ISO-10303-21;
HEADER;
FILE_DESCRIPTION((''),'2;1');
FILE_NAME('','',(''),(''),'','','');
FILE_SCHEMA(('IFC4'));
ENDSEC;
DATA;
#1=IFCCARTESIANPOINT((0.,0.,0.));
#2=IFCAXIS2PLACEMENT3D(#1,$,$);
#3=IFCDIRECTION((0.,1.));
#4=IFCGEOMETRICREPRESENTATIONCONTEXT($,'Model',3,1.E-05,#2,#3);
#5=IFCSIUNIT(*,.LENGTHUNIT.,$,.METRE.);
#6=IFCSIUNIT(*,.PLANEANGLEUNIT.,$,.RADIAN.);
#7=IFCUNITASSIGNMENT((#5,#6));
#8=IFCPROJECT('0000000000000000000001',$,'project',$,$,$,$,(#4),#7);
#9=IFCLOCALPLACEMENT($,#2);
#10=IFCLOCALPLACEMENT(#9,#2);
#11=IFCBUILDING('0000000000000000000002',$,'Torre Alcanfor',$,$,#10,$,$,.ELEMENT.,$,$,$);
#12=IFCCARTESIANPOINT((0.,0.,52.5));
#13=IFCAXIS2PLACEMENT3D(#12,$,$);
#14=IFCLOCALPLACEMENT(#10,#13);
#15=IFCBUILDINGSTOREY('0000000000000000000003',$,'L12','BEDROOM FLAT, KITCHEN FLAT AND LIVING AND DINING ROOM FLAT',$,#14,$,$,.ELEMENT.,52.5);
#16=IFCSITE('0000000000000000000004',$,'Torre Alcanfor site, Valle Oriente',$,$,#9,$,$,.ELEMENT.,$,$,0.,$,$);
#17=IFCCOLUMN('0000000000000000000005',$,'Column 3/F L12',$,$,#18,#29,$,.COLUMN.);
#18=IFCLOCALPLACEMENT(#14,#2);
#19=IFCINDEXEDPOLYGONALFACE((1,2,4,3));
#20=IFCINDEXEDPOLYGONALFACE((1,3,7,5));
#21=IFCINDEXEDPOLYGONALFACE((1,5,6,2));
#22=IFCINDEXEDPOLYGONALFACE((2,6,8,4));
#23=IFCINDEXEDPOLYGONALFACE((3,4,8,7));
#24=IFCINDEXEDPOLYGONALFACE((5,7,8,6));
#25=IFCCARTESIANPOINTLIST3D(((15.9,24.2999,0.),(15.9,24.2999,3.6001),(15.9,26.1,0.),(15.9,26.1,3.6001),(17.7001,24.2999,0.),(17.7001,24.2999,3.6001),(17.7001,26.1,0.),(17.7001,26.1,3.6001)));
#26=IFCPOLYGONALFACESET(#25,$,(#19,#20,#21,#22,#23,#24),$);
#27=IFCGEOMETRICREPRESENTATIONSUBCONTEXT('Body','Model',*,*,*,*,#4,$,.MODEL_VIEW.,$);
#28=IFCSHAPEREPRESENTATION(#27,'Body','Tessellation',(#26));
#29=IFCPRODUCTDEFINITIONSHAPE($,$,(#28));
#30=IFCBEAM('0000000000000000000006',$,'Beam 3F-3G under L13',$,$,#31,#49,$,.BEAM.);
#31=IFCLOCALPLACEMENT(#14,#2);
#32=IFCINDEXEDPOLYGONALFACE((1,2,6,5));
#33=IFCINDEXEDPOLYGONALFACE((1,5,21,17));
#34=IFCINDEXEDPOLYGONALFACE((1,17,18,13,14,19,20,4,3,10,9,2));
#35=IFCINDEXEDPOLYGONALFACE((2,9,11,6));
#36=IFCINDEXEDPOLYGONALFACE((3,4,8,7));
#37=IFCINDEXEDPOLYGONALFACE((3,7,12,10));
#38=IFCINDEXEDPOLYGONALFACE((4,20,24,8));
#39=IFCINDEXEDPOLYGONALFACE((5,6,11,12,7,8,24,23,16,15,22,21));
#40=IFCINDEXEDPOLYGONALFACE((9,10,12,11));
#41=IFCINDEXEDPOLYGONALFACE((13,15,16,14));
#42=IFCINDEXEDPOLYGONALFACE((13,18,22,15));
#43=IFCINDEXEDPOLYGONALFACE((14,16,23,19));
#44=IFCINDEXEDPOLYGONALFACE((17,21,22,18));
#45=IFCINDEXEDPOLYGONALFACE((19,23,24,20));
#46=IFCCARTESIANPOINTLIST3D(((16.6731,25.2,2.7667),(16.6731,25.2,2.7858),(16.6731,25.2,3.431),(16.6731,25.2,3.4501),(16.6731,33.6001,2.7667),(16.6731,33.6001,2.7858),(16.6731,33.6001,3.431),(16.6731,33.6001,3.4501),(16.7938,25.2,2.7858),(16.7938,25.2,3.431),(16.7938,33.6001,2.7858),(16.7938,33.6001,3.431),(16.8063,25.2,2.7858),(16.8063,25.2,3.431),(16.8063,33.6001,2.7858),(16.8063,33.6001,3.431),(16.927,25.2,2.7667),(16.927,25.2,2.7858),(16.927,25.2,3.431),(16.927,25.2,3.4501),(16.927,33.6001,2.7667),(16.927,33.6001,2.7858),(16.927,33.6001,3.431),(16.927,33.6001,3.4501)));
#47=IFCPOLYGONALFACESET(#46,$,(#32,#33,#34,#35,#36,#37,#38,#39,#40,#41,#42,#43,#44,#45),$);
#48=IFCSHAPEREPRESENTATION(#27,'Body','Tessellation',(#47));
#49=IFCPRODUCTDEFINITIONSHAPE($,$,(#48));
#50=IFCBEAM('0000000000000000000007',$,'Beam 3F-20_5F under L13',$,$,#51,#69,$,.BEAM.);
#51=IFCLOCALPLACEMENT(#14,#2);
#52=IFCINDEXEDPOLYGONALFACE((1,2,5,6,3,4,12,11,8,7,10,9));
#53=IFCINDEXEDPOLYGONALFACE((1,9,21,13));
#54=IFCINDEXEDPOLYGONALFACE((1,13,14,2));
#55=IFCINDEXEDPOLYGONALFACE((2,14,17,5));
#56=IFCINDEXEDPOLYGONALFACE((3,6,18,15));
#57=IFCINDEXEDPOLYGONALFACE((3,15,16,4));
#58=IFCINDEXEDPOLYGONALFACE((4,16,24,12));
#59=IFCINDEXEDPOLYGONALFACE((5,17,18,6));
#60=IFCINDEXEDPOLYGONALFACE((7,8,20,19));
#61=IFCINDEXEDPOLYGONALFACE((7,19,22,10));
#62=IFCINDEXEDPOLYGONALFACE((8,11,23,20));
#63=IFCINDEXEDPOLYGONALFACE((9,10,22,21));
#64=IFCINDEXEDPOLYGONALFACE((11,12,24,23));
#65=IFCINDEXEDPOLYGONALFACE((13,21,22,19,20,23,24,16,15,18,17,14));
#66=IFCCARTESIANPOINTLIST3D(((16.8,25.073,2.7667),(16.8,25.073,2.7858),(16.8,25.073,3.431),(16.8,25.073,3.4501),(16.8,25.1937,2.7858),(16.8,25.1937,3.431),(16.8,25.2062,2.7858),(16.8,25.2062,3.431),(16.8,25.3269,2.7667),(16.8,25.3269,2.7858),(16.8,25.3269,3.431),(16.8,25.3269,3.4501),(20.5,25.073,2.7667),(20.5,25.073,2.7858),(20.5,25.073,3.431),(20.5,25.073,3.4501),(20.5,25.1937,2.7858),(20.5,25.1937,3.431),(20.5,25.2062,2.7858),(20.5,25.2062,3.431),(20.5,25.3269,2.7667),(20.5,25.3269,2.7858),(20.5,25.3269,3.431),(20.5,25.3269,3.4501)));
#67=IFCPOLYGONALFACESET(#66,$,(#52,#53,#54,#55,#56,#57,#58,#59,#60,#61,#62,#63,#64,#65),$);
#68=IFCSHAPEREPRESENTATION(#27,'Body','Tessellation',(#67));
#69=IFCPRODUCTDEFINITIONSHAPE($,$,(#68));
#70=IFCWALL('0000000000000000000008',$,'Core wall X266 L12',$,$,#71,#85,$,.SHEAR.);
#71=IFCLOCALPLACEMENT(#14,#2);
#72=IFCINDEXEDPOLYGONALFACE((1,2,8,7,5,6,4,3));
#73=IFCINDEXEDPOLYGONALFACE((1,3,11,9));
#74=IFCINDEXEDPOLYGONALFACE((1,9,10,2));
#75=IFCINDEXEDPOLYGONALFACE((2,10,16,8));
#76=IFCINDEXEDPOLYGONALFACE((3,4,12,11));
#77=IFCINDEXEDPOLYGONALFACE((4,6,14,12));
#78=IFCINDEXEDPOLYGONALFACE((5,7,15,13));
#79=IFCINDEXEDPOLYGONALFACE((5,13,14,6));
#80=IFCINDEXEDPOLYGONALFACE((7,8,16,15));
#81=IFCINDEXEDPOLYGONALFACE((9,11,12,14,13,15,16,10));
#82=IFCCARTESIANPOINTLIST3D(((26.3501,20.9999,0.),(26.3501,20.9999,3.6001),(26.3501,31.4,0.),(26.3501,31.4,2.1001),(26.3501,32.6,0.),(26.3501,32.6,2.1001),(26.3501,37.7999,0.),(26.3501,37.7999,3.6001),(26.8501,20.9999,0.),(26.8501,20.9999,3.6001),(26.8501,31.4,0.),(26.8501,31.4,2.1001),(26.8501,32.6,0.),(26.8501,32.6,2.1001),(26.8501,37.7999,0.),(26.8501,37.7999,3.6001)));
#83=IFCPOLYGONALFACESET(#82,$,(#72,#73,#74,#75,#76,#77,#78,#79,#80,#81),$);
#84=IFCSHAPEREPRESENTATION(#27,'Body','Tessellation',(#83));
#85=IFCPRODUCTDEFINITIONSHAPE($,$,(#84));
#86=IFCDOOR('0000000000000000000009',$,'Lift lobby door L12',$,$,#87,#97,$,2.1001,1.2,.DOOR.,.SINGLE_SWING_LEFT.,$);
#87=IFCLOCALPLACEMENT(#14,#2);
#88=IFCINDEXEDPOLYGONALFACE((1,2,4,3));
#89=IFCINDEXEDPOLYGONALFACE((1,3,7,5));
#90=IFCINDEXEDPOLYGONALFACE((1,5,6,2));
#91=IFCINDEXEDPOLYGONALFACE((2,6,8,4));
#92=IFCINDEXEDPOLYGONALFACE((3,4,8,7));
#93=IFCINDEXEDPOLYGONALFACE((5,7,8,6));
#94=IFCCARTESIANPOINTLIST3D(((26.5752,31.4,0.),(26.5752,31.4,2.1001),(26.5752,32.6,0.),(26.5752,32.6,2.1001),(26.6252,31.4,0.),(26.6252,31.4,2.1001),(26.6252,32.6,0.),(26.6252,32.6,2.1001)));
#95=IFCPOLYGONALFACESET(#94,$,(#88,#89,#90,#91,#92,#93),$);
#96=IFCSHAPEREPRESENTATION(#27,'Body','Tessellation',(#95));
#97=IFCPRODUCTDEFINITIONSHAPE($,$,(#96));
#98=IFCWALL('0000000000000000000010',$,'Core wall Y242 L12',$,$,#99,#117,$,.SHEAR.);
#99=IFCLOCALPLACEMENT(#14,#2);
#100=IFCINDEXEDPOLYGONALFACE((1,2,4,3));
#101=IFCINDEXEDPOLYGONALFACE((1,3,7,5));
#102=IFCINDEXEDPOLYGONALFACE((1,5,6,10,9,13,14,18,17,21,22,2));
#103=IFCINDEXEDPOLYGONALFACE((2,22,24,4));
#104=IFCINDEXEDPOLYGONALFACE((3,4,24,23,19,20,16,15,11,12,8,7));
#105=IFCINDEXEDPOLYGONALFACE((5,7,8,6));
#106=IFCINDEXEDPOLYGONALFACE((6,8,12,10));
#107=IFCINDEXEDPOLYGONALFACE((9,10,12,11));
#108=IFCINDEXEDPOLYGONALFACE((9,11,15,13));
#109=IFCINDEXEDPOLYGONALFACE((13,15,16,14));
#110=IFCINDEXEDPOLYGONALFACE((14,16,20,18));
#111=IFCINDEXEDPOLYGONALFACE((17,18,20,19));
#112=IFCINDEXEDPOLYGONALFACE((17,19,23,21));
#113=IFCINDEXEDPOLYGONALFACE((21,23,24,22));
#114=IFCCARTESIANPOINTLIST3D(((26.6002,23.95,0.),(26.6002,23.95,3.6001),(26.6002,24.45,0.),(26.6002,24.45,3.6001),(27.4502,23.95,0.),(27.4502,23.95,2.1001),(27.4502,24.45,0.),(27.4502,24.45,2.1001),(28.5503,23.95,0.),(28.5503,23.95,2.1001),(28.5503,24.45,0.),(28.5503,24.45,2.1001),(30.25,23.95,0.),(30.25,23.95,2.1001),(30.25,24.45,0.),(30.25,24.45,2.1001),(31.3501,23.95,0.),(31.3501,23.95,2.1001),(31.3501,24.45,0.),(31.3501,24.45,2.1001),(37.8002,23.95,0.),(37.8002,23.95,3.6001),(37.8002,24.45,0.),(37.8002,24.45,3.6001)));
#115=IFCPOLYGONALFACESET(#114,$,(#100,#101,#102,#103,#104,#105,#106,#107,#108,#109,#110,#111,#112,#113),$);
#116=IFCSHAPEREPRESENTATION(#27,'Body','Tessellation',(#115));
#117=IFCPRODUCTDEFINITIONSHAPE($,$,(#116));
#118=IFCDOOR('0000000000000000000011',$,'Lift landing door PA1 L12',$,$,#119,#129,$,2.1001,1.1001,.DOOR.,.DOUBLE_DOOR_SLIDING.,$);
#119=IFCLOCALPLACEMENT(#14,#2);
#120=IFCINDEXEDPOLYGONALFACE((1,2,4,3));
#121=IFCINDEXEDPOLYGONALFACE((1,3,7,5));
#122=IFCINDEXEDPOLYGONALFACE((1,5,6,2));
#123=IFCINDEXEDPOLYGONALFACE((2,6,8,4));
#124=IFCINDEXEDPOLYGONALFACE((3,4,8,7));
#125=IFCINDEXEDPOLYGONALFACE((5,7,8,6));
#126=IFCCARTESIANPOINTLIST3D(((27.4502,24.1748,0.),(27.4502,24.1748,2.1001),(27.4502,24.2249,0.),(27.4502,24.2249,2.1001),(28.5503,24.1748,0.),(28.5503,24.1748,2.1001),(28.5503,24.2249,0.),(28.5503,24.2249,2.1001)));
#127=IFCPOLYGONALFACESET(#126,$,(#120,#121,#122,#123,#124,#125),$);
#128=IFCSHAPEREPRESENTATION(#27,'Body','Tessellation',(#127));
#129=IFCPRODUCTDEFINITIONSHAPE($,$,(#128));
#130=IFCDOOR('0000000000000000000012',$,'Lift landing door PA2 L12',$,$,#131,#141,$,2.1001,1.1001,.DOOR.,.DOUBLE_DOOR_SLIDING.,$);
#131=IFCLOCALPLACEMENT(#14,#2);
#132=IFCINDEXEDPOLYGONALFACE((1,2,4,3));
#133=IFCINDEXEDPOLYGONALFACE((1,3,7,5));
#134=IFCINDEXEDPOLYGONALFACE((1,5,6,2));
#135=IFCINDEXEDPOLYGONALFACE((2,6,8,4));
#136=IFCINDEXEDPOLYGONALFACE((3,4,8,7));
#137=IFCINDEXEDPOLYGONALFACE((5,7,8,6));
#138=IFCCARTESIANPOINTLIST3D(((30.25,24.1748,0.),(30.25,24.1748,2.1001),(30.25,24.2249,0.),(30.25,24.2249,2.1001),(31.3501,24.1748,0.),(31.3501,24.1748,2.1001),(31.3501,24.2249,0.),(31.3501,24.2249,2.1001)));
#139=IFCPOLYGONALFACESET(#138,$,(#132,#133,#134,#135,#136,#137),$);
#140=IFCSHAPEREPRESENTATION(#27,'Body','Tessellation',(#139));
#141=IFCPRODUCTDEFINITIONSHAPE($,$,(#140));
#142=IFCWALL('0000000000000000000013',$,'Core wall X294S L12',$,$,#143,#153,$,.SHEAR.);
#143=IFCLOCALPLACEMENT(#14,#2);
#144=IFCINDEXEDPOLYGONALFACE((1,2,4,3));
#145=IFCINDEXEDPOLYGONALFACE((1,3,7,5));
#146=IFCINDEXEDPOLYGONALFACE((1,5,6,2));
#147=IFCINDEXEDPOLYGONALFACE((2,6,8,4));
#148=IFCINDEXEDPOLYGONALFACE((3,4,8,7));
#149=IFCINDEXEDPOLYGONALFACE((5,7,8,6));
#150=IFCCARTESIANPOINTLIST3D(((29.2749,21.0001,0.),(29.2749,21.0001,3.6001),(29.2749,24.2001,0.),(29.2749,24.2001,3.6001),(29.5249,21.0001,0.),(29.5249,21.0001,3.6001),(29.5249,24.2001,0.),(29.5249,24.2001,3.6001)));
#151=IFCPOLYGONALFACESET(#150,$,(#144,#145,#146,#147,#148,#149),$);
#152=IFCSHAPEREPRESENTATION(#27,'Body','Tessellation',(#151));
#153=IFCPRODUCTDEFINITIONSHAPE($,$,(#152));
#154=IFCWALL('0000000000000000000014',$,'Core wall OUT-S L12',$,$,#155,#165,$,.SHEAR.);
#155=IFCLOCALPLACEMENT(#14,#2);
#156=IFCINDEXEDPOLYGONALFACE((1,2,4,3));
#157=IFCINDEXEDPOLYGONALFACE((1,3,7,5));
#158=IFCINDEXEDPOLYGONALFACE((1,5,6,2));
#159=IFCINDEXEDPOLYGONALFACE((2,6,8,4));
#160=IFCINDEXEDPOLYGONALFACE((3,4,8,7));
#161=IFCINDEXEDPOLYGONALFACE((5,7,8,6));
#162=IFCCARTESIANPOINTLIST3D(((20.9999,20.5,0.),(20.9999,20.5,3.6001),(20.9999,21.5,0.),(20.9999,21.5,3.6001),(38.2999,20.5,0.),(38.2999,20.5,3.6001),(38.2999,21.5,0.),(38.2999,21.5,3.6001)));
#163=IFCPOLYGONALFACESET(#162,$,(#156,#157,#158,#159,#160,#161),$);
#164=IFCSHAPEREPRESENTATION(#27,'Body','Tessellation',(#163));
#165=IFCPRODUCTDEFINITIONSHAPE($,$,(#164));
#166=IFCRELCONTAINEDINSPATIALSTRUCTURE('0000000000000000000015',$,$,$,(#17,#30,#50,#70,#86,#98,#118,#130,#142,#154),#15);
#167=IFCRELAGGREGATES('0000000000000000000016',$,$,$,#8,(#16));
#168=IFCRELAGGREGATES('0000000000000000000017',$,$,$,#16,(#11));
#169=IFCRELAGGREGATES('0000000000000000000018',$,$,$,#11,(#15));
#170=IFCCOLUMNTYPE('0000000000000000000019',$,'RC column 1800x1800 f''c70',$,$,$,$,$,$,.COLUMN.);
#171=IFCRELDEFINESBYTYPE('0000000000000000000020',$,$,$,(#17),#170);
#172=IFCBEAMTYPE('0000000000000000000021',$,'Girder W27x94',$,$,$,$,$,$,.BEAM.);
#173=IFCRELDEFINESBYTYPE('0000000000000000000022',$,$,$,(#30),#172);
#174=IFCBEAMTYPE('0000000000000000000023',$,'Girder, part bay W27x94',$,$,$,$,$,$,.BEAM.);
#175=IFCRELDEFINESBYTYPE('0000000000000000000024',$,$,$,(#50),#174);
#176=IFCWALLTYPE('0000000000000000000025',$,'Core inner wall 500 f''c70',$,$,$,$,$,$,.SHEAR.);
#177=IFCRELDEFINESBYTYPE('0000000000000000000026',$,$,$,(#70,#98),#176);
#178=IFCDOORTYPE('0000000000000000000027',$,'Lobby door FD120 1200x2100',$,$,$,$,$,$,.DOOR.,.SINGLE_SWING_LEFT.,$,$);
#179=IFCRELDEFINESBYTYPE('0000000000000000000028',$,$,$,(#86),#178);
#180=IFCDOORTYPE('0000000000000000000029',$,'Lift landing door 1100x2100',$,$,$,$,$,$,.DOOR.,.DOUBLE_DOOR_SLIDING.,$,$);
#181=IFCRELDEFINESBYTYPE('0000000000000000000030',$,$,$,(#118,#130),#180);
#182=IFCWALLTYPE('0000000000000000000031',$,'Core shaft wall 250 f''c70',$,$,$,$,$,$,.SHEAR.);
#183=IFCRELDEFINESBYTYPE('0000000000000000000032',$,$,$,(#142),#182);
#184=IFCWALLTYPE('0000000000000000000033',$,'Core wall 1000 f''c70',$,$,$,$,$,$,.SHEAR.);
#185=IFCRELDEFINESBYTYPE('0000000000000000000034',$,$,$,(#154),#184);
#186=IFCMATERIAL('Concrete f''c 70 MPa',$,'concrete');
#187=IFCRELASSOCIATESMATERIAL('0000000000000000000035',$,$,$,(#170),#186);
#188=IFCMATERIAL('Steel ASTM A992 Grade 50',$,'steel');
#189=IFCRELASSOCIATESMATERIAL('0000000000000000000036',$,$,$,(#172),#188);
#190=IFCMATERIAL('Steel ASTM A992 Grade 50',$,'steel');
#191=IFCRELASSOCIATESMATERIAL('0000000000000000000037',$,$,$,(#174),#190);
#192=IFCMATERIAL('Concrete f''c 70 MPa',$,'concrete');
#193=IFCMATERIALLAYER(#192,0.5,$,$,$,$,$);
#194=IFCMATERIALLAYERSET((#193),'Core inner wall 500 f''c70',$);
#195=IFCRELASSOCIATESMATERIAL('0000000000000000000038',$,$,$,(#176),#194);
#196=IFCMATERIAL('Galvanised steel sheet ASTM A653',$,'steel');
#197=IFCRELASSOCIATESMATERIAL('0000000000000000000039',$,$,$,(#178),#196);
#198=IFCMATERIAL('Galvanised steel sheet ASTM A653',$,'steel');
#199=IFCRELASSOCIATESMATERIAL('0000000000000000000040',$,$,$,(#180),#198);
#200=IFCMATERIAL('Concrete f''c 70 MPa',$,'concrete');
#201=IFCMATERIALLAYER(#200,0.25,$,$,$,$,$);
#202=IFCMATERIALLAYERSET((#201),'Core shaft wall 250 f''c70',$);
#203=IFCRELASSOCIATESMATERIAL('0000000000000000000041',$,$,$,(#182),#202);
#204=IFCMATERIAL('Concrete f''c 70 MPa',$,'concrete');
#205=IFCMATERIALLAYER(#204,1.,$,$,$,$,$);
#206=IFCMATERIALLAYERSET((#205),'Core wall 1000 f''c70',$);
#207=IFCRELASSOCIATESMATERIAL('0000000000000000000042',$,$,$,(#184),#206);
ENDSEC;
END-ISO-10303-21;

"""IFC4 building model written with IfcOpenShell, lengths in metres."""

from ifc_helpers import new_model, si_unit, direction, frame, frame_2d, origin, origin_2d, place, context, subcontext, project, spatial, rectangle, i_section, extrude, material, layer, layer_set, material_profile, profile_set, type_object, element, fill, save


model = new_model("IFC4")

# Units and contexts
model_context = context("Model", 3, precision=1e-05, world=origin(), true_north=direction((0.0, 1.0)))
body_context = subcontext(model_context, "Body", "Model", "MODEL_VIEW")
ifc_project = project(units=[si_unit("LENGTHUNIT", "METRE"), si_unit("PLANEANGLEUNIT", "RADIAN")], contexts=[model_context])

# Site, building, storey
site_placement = place(None, origin())
site = spatial("IfcSite", under=ifc_project, at=site_placement, Name="Torre Alcanfor site, Valle Oriente", CompositionType="ELEMENT", RefElevation=0.0)
building_placement = place(site_placement, origin())
building = spatial("IfcBuilding", under=site, at=building_placement, Name="Torre Alcanfor", CompositionType="ELEMENT")
storey_placement = place(building_placement, frame((0.0, 0.0, 52.5)))
storey = spatial("IfcBuildingStorey", under=building, at=storey_placement, Name="L12", Description="BEDROOM FLAT, KITCHEN FLAT AND LIVING AND DINING ROOM FLAT", CompositionType="ELEMENT", Elevation=52.5)

# Column
ifc_material_1 = material(Name="Concrete f'c 70 MPa", Category="concrete")
ifc_material_profile_1 = material_profile(ifc_material_1, rectangle(XDim=1.8, YDim=1.8, at=origin_2d()), Name="1800x1800")
ifc_profile_set_1 = profile_set([ifc_material_profile_1], Name="Concrete f'c 70 MPa")
column_type = type_object("IfcColumnType", Name="RC column 1800x1800 f'c70", PredefinedType="COLUMN", material=ifc_profile_set_1)
column_placement = place(storey_placement, frame((16.8, 25.2, 0.0), z_axis=(0.0, 0.0, 1.0), x_axis=(1.0, 0.0, 0.0)))
element("IfcColumn", 1, at=column_placement, inside=storey, type_object=column_type, Name="Column 3/F L12", PredefinedType="COLUMN", context=body_context, shape_type="SweptSolid", body=[
    extrude(rectangle(XDim=1.8, YDim=1.8, at=origin_2d()), origin(), (0.0, 0.0, 1.0), 3.6001),
])

# Beams
ifc_material_2 = material(Name="Steel ASTM A992 Grade 50", Category="steel")
ifc_material_profile_2 = material_profile(ifc_material_2, i_section(OverallWidth=0.2539, OverallDepth=0.6833, WebThickness=0.0125, FlangeThickness=0.019, at=origin_2d()), Name="W27x94")
ifc_profile_set_2 = profile_set([ifc_material_profile_2], Name="Steel ASTM A992 Grade 50")
beam_type_1 = type_object("IfcBeamType", Name="Girder W27x94", PredefinedType="BEAM", material=ifc_profile_set_2)
beam_1_placement = place(storey_placement, frame((16.8, 25.2, 3.1084), z_axis=(0.0, 1.0, 0.0), x_axis=(-1.0, 0.0, 0.0)))
element("IfcBeam", 2, at=beam_1_placement, inside=storey, type_object=beam_type_1, Name="Beam 3F-3G under L13", PredefinedType="BEAM", context=body_context, shape_type="SweptSolid", body=[
    extrude(i_section(OverallWidth=0.2539, OverallDepth=0.6833, WebThickness=0.0125, FlangeThickness=0.019, at=origin_2d()), origin(), (0.0, 0.0, 1.0), 8.4001),
])
ifc_material_3 = material(Name="Steel ASTM A992 Grade 50", Category="steel")
ifc_material_profile_3 = material_profile(ifc_material_3, i_section(OverallWidth=0.2539, OverallDepth=0.6833, WebThickness=0.0125, FlangeThickness=0.019, at=origin_2d()), Name="W27x94")
ifc_profile_set_3 = profile_set([ifc_material_profile_3], Name="Steel ASTM A992 Grade 50")
beam_type_2 = type_object("IfcBeamType", Name="Girder, part bay W27x94", PredefinedType="BEAM", material=ifc_profile_set_3)
beam_2_placement = place(storey_placement, frame((16.8, 25.2, 3.1084), z_axis=(1.0, 0.0, 0.0), x_axis=(0.0, 1.0, 0.0)))
element("IfcBeam", 3, at=beam_2_placement, inside=storey, type_object=beam_type_2, Name="Beam 3F-20_5F under L13", PredefinedType="BEAM", context=body_context, shape_type="SweptSolid", body=[
    extrude(i_section(OverallWidth=0.2539, OverallDepth=0.6833, WebThickness=0.0125, FlangeThickness=0.019, at=origin_2d()), origin(), (0.0, 0.0, 1.0), 3.7),
])

# Wall, opening, door
ifc_material_4 = material(Name="Concrete f'c 70 MPa", Category="concrete")
ifc_layer_1 = layer(ifc_material_4, 0.5)
ifc_layer_set_1 = layer_set([ifc_layer_1], Name="Core inner wall 500 f'c70")
wall_type_1 = type_object("IfcWallType", Name="Core inner wall 500 f'c70", PredefinedType="SHEAR", material=ifc_layer_set_1)
wall_1_placement = place(storey_placement, frame((26.6001, 21.0, 0.0), z_axis=(0.0, 0.0, 1.0), x_axis=(0.0, 1.0, 0.0)))
wall_1 = element("IfcWall", 4, at=wall_1_placement, inside=storey, type_object=wall_type_1, Name="Core wall X266 L12", PredefinedType="SHEAR", context=body_context, shape_type="SweptSolid", body=[
    extrude(rectangle(XDim=16.8, YDim=0.5, at=frame_2d((8.3999, 0.0))), origin(), (0.0, 0.0, 1.0), 3.6001),
])
opening_1_placement = place(wall_1_placement, frame((10.3999, 0.0, 0.0)))
opening_1 = element("IfcOpeningElement", 5, at=opening_1_placement, cuts=wall_1, PredefinedType="OPENING", context=body_context, shape_type="SweptSolid", body=[
    extrude(rectangle(XDim=1.2, YDim=2.1001, at=frame_2d((0.6001, 1.05))), frame((0.0, 0.26, 0.0), z_axis=(0.0, -1.0, 0.0), x_axis=(1.0, 0.0, 0.0)), (0.0, 0.0, 1.0), 0.52),
])
ifc_material_5 = material(Name="Galvanised steel sheet ASTM A653", Category="steel")
door_type_1 = type_object("IfcDoorType", Name="Lobby door FD120 1200x2100", OperationType="SINGLE_SWING_LEFT", PredefinedType="DOOR", material=ifc_material_5)
door_1_placement = place(opening_1_placement, origin())
door_1 = element("IfcDoor", 6, at=door_1_placement, inside=storey, type_object=door_type_1, Name="Lift lobby door L12", OperationType="SINGLE_SWING_LEFT", OverallHeight=2.1001, OverallWidth=1.2, PredefinedType="DOOR", context=body_context, shape_type="SweptSolid", body=[
    extrude(rectangle(XDim=1.2, YDim=2.1001, at=frame_2d((0.6001, 1.05))), frame((0.0, 0.0249, 0.0), z_axis=(0.0, -1.0, 0.0), x_axis=(1.0, 0.0, 0.0)), (0.0, 0.0, 1.0), 0.05),
])
fill(opening_1, door_1)

# Wall, openings, doors
wall_2_placement = place(storey_placement, frame((26.6001, 24.2, 0.0), z_axis=(0.0, 0.0, 1.0), x_axis=(1.0, 0.0, 0.0)))
wall_2 = element("IfcWall", 7, at=wall_2_placement, inside=storey, type_object=wall_type_1, Name="Core wall Y242 L12", PredefinedType="SHEAR", context=body_context, shape_type="SweptSolid", body=[
    extrude(rectangle(XDim=11.2, YDim=0.5, at=frame_2d((5.6001, 0.0))), origin(), (0.0, 0.0, 1.0), 3.6001),
])
opening_2_placement = place(wall_2_placement, frame((0.8501, 0.0, 0.0)))
opening_2 = element("IfcOpeningElement", 8, at=opening_2_placement, cuts=wall_2, PredefinedType="OPENING", context=body_context, shape_type="SweptSolid", body=[
    extrude(rectangle(XDim=1.1001, YDim=2.1001, at=frame_2d((0.55, 1.05))), frame((0.0, 0.26, 0.0), z_axis=(0.0, -1.0, 0.0), x_axis=(1.0, 0.0, 0.0)), (0.0, 0.0, 1.0), 0.52),
])
opening_3_placement = place(wall_2_placement, frame((3.6499, 0.0, 0.0)))
opening_3 = element("IfcOpeningElement", 9, at=opening_3_placement, cuts=wall_2, PredefinedType="OPENING", context=body_context, shape_type="SweptSolid", body=[
    extrude(rectangle(XDim=1.1001, YDim=2.1001, at=frame_2d((0.55, 1.05))), frame((0.0, 0.26, 0.0), z_axis=(0.0, -1.0, 0.0), x_axis=(1.0, 0.0, 0.0)), (0.0, 0.0, 1.0), 0.52),
])
ifc_material_6 = material(Name="Galvanised steel sheet ASTM A653", Category="steel")
door_type_2 = type_object("IfcDoorType", Name="Lift landing door 1100x2100", OperationType="DOUBLE_DOOR_SLIDING", PredefinedType="DOOR", material=ifc_material_6)
door_2_placement = place(opening_2_placement, origin())
door_2 = element("IfcDoor", 10, at=door_2_placement, inside=storey, type_object=door_type_2, Name="Lift landing door PA1 L12", OperationType="DOUBLE_DOOR_SLIDING", OverallHeight=2.1001, OverallWidth=1.1001, PredefinedType="DOOR", context=body_context, shape_type="SweptSolid", body=[
    extrude(rectangle(XDim=1.1001, YDim=2.1001, at=frame_2d((0.55, 1.05))), frame((0.0, 0.0249, 0.0), z_axis=(0.0, -1.0, 0.0), x_axis=(1.0, 0.0, 0.0)), (0.0, 0.0, 1.0), 0.05),
])
fill(opening_2, door_2)
door_3_placement = place(opening_3_placement, origin())
door_3 = element("IfcDoor", 11, at=door_3_placement, inside=storey, type_object=door_type_2, Name="Lift landing door PA2 L12", OperationType="DOUBLE_DOOR_SLIDING", OverallHeight=2.1001, OverallWidth=1.1001, PredefinedType="DOOR", context=body_context, shape_type="SweptSolid", body=[
    extrude(rectangle(XDim=1.1001, YDim=2.1001, at=frame_2d((0.55, 1.05))), frame((0.0, 0.0249, 0.0), z_axis=(0.0, -1.0, 0.0), x_axis=(1.0, 0.0, 0.0)), (0.0, 0.0, 1.0), 0.05),
])
fill(opening_3, door_3)

# Walls
ifc_material_7 = material(Name="Concrete f'c 70 MPa", Category="concrete")
ifc_layer_2 = layer(ifc_material_7, 0.25)
ifc_layer_set_2 = layer_set([ifc_layer_2], Name="Core shaft wall 250 f'c70")
wall_type_2 = type_object("IfcWallType", Name="Core shaft wall 250 f'c70", PredefinedType="SHEAR", material=ifc_layer_set_2)
wall_3_placement = place(storey_placement, frame((29.3999, 21.0, 0.0), z_axis=(0.0, 0.0, 1.0), x_axis=(0.0, 1.0, 0.0)))
element("IfcWall", 12, at=wall_3_placement, inside=storey, type_object=wall_type_2, Name="Core wall X294S L12", PredefinedType="SHEAR", context=body_context, shape_type="SweptSolid", body=[
    extrude(rectangle(XDim=3.2, YDim=0.25, at=frame_2d((1.6001, 0.0))), origin(), (0.0, 0.0, 1.0), 3.6001),
])
ifc_material_8 = material(Name="Concrete f'c 70 MPa", Category="concrete")
ifc_layer_3 = layer(ifc_material_8, 1.0)
ifc_layer_set_3 = layer_set([ifc_layer_3], Name="Core wall 1000 f'c70")
wall_type_3 = type_object("IfcWallType", Name="Core wall 1000 f'c70", PredefinedType="SHEAR", material=ifc_layer_set_3)
wall_4_placement = place(storey_placement, frame((21.0, 21.0, 0.0), z_axis=(0.0, 0.0, 1.0), x_axis=(1.0, 0.0, 0.0)))
element("IfcWall", 13, at=wall_4_placement, inside=storey, type_object=wall_type_3, Name="Core wall OUT-S L12", PredefinedType="SHEAR", context=body_context, shape_type="SweptSolid", body=[
    extrude(rectangle(XDim=17.3, YDim=1.0, at=frame_2d((8.6499, 0.0))), origin(), (0.0, 0.0, 1.0), 3.6001),
])

save(model, "model.ifc")
